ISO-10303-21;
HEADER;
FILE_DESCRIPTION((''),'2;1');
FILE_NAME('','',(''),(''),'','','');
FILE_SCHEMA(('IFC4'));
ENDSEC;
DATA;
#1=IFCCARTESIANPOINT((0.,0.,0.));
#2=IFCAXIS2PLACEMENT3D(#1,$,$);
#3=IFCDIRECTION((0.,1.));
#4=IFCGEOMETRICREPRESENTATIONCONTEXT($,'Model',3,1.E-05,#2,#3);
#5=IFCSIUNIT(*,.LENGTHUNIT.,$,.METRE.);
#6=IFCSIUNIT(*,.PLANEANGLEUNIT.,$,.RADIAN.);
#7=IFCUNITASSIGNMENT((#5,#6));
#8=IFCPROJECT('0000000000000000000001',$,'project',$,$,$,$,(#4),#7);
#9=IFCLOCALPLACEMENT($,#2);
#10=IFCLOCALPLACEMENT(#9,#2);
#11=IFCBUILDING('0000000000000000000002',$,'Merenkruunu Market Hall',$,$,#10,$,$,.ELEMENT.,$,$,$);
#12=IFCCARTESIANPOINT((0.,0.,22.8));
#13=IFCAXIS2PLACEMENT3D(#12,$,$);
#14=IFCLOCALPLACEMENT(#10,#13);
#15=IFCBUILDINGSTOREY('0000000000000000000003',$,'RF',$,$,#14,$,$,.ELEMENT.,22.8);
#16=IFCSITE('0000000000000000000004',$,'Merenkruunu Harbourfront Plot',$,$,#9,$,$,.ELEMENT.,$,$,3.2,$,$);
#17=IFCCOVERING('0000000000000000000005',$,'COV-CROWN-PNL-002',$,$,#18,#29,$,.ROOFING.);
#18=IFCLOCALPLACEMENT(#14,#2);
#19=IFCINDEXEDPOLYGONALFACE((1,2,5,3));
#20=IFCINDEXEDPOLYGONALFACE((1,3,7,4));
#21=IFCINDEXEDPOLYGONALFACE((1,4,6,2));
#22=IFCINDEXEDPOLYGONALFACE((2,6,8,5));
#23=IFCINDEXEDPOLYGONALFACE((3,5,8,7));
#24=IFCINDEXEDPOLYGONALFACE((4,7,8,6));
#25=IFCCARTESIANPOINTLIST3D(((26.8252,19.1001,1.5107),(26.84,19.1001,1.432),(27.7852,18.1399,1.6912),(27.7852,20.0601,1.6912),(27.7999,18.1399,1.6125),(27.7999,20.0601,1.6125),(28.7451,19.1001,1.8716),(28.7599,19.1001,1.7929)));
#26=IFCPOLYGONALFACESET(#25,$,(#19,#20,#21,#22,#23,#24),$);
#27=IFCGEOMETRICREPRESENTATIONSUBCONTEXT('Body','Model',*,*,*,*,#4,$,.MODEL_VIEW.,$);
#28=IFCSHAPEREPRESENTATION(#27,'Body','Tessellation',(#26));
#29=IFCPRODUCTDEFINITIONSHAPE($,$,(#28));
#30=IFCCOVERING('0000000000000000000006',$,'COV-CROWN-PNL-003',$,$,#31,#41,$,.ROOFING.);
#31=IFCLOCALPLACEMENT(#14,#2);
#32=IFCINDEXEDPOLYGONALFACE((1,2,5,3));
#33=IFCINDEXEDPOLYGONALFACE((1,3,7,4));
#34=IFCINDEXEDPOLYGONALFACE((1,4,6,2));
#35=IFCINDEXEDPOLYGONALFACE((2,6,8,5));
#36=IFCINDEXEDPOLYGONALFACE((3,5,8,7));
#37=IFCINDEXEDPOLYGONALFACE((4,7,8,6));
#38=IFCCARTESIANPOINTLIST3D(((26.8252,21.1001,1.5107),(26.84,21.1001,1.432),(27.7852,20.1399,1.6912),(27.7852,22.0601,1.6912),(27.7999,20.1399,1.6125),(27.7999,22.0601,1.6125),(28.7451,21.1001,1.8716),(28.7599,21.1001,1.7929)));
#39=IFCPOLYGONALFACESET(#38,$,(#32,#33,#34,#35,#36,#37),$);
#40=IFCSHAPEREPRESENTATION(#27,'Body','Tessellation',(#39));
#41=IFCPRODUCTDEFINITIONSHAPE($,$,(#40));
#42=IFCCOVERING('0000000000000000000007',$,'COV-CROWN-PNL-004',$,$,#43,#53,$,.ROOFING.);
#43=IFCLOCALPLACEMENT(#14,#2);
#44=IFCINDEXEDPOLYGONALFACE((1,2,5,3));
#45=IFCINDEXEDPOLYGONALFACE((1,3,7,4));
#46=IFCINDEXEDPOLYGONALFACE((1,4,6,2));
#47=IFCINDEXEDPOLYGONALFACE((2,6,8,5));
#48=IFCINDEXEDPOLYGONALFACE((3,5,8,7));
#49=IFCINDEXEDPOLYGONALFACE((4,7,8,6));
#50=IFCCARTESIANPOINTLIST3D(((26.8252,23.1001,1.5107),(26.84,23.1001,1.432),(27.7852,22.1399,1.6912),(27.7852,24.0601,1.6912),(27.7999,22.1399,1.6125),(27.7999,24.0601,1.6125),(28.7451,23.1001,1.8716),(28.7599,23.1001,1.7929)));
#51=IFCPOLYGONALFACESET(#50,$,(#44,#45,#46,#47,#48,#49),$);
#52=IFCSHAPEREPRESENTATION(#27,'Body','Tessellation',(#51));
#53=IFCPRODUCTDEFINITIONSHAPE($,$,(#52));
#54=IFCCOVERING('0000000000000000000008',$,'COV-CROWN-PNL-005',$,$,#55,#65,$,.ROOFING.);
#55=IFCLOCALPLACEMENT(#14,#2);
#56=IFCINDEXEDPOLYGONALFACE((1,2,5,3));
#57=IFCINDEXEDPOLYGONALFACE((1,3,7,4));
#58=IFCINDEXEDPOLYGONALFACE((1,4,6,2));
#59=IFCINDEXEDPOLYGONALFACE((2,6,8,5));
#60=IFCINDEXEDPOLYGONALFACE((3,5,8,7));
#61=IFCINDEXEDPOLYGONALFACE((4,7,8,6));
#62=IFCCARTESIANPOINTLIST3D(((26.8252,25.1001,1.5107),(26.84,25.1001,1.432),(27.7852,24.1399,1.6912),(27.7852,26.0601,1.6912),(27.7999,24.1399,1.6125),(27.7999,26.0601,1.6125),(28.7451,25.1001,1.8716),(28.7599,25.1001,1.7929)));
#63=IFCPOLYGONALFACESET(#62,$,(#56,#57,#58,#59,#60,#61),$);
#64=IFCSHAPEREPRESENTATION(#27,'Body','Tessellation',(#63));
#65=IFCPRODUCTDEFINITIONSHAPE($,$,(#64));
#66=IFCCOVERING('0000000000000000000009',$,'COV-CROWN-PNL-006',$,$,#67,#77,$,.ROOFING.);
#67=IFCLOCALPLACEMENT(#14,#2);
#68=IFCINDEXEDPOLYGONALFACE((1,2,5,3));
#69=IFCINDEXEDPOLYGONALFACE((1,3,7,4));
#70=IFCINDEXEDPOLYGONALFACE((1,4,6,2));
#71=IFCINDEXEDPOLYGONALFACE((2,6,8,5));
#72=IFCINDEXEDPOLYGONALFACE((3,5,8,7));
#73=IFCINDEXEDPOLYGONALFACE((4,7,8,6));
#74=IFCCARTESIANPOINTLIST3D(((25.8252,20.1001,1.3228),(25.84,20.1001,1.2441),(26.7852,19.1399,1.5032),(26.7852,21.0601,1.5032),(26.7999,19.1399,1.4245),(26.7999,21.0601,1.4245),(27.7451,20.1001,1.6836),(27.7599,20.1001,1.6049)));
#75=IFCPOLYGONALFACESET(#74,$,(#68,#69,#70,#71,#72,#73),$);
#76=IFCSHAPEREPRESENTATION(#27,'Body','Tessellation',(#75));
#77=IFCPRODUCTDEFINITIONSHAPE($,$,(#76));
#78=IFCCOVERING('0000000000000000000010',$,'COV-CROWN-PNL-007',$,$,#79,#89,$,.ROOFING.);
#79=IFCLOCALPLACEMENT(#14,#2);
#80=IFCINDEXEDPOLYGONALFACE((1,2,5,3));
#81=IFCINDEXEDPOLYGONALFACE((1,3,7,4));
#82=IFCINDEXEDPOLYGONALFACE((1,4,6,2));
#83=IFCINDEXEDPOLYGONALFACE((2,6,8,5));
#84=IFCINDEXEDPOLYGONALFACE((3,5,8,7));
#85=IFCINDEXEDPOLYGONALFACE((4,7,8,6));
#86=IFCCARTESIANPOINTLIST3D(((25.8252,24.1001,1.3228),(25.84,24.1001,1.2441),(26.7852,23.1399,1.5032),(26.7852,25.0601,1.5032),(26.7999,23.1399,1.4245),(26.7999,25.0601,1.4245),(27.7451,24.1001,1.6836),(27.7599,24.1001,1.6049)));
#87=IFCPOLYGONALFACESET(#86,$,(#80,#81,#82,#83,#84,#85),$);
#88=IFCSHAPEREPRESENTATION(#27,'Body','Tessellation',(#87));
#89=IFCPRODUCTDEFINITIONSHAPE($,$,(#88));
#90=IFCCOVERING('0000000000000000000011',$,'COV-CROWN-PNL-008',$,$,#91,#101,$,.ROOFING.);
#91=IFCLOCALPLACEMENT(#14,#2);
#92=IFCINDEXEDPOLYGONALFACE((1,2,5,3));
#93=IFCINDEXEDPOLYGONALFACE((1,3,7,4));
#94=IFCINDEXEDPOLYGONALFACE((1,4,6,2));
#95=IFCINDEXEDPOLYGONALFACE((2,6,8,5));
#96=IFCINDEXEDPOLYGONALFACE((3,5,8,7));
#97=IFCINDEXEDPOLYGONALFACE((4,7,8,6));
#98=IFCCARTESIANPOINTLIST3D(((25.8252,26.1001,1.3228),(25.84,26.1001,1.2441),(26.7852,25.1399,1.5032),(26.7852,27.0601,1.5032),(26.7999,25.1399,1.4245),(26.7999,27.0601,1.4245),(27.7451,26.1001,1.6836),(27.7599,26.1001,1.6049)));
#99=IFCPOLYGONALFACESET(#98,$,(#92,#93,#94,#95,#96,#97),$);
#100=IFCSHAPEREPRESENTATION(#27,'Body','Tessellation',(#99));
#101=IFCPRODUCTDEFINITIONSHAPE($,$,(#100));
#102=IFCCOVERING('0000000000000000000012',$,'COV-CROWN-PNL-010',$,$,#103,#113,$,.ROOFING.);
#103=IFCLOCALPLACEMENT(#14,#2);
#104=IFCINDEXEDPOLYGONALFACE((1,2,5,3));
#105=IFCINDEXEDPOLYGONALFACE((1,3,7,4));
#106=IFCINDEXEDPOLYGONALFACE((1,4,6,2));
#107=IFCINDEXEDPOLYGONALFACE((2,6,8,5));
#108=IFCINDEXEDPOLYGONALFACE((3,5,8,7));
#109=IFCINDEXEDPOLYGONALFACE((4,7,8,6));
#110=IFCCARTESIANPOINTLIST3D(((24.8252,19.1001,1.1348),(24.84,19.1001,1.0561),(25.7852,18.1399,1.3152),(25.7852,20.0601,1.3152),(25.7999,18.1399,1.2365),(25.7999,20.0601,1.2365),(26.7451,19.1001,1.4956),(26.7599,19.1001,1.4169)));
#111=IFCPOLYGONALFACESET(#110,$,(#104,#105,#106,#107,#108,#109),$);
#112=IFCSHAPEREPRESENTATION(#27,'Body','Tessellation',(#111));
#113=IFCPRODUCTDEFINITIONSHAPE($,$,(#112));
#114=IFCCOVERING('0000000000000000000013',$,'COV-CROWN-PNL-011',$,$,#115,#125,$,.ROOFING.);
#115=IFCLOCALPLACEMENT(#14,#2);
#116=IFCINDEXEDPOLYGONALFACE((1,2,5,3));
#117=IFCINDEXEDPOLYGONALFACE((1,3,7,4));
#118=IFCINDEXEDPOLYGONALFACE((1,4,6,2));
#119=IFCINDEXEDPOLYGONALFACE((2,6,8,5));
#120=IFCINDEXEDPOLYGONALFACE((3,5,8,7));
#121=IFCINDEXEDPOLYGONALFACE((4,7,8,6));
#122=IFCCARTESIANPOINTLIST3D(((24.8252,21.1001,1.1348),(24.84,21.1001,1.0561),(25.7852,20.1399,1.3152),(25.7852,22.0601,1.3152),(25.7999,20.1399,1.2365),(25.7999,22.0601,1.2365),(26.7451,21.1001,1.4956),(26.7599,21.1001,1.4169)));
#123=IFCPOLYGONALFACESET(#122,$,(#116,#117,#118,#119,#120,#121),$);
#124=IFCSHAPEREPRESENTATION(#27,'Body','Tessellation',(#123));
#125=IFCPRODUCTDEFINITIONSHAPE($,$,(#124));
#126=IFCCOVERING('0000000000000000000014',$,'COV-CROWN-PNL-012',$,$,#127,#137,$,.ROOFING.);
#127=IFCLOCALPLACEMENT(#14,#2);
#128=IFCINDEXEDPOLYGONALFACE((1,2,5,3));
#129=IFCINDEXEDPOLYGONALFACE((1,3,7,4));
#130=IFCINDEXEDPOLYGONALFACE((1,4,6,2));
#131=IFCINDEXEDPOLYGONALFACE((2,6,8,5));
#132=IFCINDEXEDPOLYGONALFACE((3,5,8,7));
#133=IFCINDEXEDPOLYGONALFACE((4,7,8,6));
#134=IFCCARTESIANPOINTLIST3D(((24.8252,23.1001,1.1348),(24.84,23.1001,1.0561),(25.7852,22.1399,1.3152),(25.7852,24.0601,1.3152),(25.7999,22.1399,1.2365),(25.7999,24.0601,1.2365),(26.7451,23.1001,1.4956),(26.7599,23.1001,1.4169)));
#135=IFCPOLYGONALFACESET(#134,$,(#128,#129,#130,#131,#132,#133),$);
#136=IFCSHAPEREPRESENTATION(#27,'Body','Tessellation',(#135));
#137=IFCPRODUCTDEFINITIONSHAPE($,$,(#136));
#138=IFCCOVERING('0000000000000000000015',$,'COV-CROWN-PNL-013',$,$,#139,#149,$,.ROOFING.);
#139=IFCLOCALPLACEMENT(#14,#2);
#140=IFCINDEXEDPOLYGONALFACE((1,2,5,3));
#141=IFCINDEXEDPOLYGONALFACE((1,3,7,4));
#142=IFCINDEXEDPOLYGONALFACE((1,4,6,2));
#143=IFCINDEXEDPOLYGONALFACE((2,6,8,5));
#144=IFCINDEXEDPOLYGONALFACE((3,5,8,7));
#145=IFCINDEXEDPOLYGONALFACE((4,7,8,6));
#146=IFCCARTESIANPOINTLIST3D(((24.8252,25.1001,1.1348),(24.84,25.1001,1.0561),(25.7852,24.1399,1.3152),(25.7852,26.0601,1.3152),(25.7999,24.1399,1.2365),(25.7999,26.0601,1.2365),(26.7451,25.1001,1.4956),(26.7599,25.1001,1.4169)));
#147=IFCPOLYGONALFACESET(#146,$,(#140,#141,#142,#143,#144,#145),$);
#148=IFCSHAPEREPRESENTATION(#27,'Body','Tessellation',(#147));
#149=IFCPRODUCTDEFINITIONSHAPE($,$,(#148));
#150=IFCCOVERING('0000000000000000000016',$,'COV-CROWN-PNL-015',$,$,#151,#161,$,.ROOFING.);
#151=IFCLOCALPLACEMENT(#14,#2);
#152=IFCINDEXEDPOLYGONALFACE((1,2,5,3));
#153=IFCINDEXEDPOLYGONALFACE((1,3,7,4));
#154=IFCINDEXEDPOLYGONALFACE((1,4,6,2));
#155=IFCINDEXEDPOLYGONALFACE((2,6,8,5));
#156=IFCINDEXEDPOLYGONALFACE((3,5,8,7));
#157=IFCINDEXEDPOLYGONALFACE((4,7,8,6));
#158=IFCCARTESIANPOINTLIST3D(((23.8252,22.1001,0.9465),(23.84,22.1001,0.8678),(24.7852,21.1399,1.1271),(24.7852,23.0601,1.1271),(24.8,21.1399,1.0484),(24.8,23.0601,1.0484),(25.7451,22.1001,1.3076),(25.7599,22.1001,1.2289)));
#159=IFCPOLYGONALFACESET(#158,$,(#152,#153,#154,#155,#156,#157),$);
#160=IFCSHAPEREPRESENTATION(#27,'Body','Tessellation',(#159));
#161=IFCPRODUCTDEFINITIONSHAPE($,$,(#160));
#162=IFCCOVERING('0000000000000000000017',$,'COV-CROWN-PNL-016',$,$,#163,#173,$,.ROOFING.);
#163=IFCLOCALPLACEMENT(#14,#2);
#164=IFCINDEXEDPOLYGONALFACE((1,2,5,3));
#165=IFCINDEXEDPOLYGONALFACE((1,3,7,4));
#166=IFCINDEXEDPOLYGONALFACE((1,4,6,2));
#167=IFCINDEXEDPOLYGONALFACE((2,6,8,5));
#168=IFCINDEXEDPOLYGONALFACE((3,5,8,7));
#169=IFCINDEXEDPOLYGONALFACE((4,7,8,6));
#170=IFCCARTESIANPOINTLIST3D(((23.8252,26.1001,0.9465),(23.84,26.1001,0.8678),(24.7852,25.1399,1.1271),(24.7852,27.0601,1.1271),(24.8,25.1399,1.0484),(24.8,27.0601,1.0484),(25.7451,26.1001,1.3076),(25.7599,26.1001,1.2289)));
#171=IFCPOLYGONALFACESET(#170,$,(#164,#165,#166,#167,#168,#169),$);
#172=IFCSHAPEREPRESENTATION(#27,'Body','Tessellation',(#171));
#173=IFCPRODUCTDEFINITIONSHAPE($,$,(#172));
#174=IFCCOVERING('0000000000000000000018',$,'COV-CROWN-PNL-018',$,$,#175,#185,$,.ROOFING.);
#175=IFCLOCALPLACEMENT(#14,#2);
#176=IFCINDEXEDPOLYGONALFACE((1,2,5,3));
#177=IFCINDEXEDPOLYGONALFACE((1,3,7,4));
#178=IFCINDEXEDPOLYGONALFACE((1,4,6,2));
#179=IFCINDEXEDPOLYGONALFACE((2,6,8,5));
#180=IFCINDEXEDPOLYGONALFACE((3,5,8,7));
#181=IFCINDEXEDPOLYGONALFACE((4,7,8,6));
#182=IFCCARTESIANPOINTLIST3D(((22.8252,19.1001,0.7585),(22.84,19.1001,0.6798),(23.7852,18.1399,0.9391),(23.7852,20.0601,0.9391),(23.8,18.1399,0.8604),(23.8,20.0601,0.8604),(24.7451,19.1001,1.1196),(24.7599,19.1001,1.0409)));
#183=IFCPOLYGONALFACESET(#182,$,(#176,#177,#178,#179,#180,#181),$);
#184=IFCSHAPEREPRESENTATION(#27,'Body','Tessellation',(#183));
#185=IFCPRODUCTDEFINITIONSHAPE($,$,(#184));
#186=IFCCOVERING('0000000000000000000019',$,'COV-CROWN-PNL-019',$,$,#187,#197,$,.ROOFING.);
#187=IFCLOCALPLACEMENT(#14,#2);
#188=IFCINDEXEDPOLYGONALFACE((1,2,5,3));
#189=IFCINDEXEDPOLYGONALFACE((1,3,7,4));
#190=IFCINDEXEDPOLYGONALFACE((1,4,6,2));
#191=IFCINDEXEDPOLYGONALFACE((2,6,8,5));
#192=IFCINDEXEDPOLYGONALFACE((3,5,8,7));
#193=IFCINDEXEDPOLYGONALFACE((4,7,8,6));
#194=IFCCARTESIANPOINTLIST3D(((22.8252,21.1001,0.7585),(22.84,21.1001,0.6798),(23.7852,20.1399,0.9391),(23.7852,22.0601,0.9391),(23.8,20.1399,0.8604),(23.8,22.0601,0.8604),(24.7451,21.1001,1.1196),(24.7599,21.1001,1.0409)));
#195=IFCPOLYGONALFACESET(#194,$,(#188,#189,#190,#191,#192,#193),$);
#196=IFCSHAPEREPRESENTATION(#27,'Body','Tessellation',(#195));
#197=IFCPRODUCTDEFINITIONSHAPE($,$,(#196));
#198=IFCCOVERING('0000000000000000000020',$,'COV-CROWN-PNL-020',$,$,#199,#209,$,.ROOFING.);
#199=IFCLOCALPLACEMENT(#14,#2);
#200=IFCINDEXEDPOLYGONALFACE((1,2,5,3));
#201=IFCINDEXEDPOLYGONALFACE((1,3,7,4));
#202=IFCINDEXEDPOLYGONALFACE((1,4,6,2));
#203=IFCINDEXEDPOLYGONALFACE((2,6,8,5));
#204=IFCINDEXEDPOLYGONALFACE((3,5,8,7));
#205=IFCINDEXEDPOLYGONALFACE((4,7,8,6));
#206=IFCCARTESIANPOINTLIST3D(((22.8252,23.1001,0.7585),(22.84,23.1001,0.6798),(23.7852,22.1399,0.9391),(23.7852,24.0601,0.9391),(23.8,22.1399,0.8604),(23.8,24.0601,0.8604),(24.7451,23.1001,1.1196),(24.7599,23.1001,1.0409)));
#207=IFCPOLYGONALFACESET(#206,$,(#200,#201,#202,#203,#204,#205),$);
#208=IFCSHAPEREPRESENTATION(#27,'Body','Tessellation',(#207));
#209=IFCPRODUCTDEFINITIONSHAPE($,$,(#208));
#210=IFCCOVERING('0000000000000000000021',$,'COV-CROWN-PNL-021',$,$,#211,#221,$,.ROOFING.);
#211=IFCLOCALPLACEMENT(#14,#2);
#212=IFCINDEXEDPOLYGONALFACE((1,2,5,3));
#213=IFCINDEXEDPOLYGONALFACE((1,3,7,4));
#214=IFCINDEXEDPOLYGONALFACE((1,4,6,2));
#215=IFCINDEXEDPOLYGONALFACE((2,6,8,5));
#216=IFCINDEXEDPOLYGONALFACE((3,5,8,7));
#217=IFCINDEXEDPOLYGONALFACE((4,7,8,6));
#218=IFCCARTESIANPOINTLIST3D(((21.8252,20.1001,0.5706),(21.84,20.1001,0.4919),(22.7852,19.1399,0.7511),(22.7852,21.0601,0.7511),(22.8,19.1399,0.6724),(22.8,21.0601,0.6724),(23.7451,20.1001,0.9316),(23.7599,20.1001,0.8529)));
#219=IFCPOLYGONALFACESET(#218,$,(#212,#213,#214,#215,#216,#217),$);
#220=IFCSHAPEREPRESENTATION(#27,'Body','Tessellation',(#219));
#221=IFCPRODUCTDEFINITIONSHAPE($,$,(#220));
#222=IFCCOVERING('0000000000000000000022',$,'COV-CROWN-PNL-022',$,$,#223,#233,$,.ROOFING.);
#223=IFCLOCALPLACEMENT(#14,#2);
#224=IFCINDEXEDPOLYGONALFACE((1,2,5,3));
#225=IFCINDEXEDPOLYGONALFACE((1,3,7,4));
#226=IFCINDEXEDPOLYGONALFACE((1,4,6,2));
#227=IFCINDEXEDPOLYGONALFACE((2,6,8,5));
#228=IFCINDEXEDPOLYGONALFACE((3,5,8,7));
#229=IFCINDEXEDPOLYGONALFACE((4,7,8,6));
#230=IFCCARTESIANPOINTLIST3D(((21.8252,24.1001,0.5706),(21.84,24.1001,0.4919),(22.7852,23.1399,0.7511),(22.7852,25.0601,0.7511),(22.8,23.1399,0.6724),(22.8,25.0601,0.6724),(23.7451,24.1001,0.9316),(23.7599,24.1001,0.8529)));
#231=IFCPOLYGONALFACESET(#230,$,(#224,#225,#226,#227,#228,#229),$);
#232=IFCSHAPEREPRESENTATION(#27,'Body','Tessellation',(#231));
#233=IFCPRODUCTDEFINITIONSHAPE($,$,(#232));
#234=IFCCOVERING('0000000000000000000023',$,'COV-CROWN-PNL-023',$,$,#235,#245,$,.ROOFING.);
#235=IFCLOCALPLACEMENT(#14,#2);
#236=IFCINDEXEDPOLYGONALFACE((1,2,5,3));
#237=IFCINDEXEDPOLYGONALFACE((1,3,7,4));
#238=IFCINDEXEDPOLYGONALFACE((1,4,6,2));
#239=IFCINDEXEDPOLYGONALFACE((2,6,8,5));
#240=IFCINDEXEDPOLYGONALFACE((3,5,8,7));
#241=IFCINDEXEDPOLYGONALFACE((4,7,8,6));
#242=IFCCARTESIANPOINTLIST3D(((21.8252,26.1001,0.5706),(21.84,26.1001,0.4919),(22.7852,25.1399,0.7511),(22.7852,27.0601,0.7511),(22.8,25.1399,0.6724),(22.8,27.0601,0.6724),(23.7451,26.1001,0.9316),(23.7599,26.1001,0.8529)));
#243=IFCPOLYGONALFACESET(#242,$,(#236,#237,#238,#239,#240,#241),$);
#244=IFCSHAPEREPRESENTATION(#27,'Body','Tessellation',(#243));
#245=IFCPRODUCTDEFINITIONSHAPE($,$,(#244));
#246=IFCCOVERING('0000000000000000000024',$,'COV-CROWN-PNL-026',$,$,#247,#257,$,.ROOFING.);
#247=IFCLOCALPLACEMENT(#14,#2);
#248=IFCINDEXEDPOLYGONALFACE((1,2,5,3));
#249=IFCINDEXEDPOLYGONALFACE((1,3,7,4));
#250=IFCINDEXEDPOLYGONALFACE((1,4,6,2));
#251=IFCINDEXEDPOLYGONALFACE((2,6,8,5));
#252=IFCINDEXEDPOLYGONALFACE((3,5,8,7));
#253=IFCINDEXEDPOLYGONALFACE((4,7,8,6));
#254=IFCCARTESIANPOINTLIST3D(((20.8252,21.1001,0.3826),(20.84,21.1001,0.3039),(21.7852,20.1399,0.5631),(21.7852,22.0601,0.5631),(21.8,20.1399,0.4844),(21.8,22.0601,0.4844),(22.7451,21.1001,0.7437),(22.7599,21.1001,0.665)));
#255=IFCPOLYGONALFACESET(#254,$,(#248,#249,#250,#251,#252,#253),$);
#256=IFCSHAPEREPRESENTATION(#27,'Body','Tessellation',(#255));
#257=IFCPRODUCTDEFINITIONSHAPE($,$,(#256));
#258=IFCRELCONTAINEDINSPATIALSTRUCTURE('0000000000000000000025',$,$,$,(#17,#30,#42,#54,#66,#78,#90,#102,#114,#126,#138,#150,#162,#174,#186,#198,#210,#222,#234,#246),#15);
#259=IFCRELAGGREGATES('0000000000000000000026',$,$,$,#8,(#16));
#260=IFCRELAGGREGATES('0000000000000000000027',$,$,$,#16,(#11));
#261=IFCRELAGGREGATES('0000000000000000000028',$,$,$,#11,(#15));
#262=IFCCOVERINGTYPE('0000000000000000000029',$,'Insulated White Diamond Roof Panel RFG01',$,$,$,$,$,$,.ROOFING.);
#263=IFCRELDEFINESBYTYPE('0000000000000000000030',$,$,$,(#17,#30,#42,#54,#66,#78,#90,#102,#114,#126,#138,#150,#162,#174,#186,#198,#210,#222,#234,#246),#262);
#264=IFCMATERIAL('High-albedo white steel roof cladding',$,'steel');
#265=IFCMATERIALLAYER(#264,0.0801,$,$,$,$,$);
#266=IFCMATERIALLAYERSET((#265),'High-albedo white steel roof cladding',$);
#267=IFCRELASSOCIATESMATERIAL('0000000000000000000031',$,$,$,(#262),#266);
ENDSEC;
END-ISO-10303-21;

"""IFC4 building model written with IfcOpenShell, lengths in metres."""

from ifc_helpers import new_model, si_unit, direction, frame, origin, place, context, subcontext, project, spatial, polyline, outline, extrude, material, layer, layer_set, type_object, element, save


model = new_model("IFC4")

# Units and contexts
model_context = context("Model", 3, precision=1e-05, world=origin(), true_north=direction((0.0, 1.0)))
body_context = subcontext(model_context, "Body", "Model", "MODEL_VIEW")
ifc_project = project(units=[si_unit("LENGTHUNIT", "METRE"), si_unit("PLANEANGLEUNIT", "RADIAN")], contexts=[model_context])

# Site, building, storey
site_placement = place(None, origin())
site = spatial("IfcSite", under=ifc_project, at=site_placement, Name="Merenkruunu Harbourfront Plot", CompositionType="ELEMENT", RefElevation=3.2)
building_placement = place(site_placement, origin())
building = spatial("IfcBuilding", under=site, at=building_placement, Name="Merenkruunu Market Hall", CompositionType="ELEMENT")
storey_placement = place(building_placement, frame((0.0, 0.0, 22.8)))
storey = spatial("IfcBuildingStorey", under=building, at=storey_placement, Name="RF", CompositionType="ELEMENT", Elevation=22.8)

# Coverings
ifc_material_1 = material(Name="High-albedo white steel roof cladding", Category="steel")
ifc_layer = layer(ifc_material_1, 0.0801)
ifc_layer_set = layer_set([ifc_layer], Name="High-albedo white steel roof cladding")
covering_type = type_object("IfcCoveringType", Name="Insulated White Diamond Roof Panel RFG01", PredefinedType="ROOFING", material=ifc_layer_set)
for number, where, z_axis, x_axis, name in (
    (1, (26.8252, 19.1001, 1.5107), (-0.184711, 0.0, 0.982793), (0.700856, -0.701035, 0.131722), "COV-CROWN-PNL-002"),
    (2, (26.8252, 21.1001, 1.5107), (-0.184711, 0.0, 0.982793), (0.700856, -0.701035, 0.131722), "COV-CROWN-PNL-003"),
    (3, (26.8252, 23.1001, 1.5107), (-0.184711, 0.0, 0.982793), (0.700856, -0.701035, 0.131722), "COV-CROWN-PNL-004"),
    (4, (26.8252, 25.1001, 1.5107), (-0.184711, 0.0, 0.982793), (0.700856, -0.701035, 0.131722), "COV-CROWN-PNL-005"),
    (5, (25.8252, 20.1001, 1.3228), (-0.184711, 0.0, 0.982793), (0.700856, -0.701035, 0.131722), "COV-CROWN-PNL-006"),
    (6, (25.8252, 24.1001, 1.3228), (-0.184711, 0.0, 0.982793), (0.700856, -0.701035, 0.131722), "COV-CROWN-PNL-007"),
    (7, (25.8252, 26.1001, 1.3228), (-0.184711, 0.0, 0.982793), (0.700856, -0.701035, 0.131722), "COV-CROWN-PNL-008"),
    (8, (24.8252, 19.1001, 1.1348), (-0.184711, 0.0, 0.982793), (0.700856, -0.701035, 0.131722), "COV-CROWN-PNL-010"),
    (9, (24.8252, 21.1001, 1.1348), (-0.184711, 0.0, 0.982793), (0.700856, -0.701035, 0.131722), "COV-CROWN-PNL-011"),
    (10, (24.8252, 23.1001, 1.1348), (-0.184711, 0.0, 0.982793), (0.700856, -0.701035, 0.131722), "COV-CROWN-PNL-012"),
    (11, (24.8252, 25.1001, 1.1348), (-0.184711, 0.0, 0.982793), (0.700856, -0.701035, 0.131722), "COV-CROWN-PNL-013"),
):
    element("IfcCovering", number, at=place(storey_placement, frame(where, z_axis=z_axis, x_axis=x_axis)), inside=storey, type_object=covering_type, Name=name, PredefinedType="ROOFING", context=body_context, shape_type="SweptSolid", body=[
        extrude(outline(polyline([(0.0, 0.0), (1.3697, 0.0), (1.3931, 1.3695), (0.0236, 1.3693), (0.0, 0.0)])), origin(), (0.0, 0.0, -1.0), 0.0801),
    ])
for number, where, z_axis, x_axis, name in (
    (12, (23.8252, 22.1001, 0.9465), (-0.184832, 0.0, 0.98277), (0.700856, -0.701018, 0.131812), "COV-CROWN-PNL-015"),
    (13, (23.8252, 26.1001, 0.9465), (-0.184832, 0.0, 0.98277), (0.700856, -0.701018, 0.131812), "COV-CROWN-PNL-016"),
    (14, (22.8252, 19.1001, 0.7585), (-0.184832, 0.0, 0.98277), (0.700856, -0.701018, 0.131812), "COV-CROWN-PNL-018"),
    (15, (22.8252, 21.1001, 0.7585), (-0.184832, 0.0, 0.98277), (0.700856, -0.701018, 0.131812), "COV-CROWN-PNL-019"),
    (16, (22.8252, 23.1001, 0.7585), (-0.184832, 0.0, 0.98277), (0.700856, -0.701018, 0.131812), "COV-CROWN-PNL-020"),
    (17, (21.8252, 20.1001, 0.5706), (-0.184832, 0.0, 0.98277), (0.700856, -0.701018, 0.131812), "COV-CROWN-PNL-021"),
    (18, (21.8252, 24.1001, 0.5706), (-0.184832, 0.0, 0.98277), (0.700856, -0.701018, 0.131812), "COV-CROWN-PNL-022"),
    (19, (21.8252, 26.1001, 0.5706), (-0.184832, 0.0, 0.98277), (0.700856, -0.701018, 0.131812), "COV-CROWN-PNL-023"),
    (20, (20.8252, 21.1001, 0.3826), (-0.184832, 0.0, 0.98277), (0.700856, -0.701018, 0.131812), "COV-CROWN-PNL-026"),
):
    element("IfcCovering", number, at=place(storey_placement, frame(where, z_axis=z_axis, x_axis=x_axis)), inside=storey, type_object=covering_type, Name=name, PredefinedType="ROOFING", context=body_context, shape_type="SweptSolid", body=[
        extrude(outline(polyline([(0.0, 0.0), (1.3697, 0.0), (1.3932, 1.3695), (0.0237, 1.3694), (0.0, 0.0)])), origin(), (0.0, 0.0, -1.0), 0.0801),
    ])

save(model, "model.ifc")
